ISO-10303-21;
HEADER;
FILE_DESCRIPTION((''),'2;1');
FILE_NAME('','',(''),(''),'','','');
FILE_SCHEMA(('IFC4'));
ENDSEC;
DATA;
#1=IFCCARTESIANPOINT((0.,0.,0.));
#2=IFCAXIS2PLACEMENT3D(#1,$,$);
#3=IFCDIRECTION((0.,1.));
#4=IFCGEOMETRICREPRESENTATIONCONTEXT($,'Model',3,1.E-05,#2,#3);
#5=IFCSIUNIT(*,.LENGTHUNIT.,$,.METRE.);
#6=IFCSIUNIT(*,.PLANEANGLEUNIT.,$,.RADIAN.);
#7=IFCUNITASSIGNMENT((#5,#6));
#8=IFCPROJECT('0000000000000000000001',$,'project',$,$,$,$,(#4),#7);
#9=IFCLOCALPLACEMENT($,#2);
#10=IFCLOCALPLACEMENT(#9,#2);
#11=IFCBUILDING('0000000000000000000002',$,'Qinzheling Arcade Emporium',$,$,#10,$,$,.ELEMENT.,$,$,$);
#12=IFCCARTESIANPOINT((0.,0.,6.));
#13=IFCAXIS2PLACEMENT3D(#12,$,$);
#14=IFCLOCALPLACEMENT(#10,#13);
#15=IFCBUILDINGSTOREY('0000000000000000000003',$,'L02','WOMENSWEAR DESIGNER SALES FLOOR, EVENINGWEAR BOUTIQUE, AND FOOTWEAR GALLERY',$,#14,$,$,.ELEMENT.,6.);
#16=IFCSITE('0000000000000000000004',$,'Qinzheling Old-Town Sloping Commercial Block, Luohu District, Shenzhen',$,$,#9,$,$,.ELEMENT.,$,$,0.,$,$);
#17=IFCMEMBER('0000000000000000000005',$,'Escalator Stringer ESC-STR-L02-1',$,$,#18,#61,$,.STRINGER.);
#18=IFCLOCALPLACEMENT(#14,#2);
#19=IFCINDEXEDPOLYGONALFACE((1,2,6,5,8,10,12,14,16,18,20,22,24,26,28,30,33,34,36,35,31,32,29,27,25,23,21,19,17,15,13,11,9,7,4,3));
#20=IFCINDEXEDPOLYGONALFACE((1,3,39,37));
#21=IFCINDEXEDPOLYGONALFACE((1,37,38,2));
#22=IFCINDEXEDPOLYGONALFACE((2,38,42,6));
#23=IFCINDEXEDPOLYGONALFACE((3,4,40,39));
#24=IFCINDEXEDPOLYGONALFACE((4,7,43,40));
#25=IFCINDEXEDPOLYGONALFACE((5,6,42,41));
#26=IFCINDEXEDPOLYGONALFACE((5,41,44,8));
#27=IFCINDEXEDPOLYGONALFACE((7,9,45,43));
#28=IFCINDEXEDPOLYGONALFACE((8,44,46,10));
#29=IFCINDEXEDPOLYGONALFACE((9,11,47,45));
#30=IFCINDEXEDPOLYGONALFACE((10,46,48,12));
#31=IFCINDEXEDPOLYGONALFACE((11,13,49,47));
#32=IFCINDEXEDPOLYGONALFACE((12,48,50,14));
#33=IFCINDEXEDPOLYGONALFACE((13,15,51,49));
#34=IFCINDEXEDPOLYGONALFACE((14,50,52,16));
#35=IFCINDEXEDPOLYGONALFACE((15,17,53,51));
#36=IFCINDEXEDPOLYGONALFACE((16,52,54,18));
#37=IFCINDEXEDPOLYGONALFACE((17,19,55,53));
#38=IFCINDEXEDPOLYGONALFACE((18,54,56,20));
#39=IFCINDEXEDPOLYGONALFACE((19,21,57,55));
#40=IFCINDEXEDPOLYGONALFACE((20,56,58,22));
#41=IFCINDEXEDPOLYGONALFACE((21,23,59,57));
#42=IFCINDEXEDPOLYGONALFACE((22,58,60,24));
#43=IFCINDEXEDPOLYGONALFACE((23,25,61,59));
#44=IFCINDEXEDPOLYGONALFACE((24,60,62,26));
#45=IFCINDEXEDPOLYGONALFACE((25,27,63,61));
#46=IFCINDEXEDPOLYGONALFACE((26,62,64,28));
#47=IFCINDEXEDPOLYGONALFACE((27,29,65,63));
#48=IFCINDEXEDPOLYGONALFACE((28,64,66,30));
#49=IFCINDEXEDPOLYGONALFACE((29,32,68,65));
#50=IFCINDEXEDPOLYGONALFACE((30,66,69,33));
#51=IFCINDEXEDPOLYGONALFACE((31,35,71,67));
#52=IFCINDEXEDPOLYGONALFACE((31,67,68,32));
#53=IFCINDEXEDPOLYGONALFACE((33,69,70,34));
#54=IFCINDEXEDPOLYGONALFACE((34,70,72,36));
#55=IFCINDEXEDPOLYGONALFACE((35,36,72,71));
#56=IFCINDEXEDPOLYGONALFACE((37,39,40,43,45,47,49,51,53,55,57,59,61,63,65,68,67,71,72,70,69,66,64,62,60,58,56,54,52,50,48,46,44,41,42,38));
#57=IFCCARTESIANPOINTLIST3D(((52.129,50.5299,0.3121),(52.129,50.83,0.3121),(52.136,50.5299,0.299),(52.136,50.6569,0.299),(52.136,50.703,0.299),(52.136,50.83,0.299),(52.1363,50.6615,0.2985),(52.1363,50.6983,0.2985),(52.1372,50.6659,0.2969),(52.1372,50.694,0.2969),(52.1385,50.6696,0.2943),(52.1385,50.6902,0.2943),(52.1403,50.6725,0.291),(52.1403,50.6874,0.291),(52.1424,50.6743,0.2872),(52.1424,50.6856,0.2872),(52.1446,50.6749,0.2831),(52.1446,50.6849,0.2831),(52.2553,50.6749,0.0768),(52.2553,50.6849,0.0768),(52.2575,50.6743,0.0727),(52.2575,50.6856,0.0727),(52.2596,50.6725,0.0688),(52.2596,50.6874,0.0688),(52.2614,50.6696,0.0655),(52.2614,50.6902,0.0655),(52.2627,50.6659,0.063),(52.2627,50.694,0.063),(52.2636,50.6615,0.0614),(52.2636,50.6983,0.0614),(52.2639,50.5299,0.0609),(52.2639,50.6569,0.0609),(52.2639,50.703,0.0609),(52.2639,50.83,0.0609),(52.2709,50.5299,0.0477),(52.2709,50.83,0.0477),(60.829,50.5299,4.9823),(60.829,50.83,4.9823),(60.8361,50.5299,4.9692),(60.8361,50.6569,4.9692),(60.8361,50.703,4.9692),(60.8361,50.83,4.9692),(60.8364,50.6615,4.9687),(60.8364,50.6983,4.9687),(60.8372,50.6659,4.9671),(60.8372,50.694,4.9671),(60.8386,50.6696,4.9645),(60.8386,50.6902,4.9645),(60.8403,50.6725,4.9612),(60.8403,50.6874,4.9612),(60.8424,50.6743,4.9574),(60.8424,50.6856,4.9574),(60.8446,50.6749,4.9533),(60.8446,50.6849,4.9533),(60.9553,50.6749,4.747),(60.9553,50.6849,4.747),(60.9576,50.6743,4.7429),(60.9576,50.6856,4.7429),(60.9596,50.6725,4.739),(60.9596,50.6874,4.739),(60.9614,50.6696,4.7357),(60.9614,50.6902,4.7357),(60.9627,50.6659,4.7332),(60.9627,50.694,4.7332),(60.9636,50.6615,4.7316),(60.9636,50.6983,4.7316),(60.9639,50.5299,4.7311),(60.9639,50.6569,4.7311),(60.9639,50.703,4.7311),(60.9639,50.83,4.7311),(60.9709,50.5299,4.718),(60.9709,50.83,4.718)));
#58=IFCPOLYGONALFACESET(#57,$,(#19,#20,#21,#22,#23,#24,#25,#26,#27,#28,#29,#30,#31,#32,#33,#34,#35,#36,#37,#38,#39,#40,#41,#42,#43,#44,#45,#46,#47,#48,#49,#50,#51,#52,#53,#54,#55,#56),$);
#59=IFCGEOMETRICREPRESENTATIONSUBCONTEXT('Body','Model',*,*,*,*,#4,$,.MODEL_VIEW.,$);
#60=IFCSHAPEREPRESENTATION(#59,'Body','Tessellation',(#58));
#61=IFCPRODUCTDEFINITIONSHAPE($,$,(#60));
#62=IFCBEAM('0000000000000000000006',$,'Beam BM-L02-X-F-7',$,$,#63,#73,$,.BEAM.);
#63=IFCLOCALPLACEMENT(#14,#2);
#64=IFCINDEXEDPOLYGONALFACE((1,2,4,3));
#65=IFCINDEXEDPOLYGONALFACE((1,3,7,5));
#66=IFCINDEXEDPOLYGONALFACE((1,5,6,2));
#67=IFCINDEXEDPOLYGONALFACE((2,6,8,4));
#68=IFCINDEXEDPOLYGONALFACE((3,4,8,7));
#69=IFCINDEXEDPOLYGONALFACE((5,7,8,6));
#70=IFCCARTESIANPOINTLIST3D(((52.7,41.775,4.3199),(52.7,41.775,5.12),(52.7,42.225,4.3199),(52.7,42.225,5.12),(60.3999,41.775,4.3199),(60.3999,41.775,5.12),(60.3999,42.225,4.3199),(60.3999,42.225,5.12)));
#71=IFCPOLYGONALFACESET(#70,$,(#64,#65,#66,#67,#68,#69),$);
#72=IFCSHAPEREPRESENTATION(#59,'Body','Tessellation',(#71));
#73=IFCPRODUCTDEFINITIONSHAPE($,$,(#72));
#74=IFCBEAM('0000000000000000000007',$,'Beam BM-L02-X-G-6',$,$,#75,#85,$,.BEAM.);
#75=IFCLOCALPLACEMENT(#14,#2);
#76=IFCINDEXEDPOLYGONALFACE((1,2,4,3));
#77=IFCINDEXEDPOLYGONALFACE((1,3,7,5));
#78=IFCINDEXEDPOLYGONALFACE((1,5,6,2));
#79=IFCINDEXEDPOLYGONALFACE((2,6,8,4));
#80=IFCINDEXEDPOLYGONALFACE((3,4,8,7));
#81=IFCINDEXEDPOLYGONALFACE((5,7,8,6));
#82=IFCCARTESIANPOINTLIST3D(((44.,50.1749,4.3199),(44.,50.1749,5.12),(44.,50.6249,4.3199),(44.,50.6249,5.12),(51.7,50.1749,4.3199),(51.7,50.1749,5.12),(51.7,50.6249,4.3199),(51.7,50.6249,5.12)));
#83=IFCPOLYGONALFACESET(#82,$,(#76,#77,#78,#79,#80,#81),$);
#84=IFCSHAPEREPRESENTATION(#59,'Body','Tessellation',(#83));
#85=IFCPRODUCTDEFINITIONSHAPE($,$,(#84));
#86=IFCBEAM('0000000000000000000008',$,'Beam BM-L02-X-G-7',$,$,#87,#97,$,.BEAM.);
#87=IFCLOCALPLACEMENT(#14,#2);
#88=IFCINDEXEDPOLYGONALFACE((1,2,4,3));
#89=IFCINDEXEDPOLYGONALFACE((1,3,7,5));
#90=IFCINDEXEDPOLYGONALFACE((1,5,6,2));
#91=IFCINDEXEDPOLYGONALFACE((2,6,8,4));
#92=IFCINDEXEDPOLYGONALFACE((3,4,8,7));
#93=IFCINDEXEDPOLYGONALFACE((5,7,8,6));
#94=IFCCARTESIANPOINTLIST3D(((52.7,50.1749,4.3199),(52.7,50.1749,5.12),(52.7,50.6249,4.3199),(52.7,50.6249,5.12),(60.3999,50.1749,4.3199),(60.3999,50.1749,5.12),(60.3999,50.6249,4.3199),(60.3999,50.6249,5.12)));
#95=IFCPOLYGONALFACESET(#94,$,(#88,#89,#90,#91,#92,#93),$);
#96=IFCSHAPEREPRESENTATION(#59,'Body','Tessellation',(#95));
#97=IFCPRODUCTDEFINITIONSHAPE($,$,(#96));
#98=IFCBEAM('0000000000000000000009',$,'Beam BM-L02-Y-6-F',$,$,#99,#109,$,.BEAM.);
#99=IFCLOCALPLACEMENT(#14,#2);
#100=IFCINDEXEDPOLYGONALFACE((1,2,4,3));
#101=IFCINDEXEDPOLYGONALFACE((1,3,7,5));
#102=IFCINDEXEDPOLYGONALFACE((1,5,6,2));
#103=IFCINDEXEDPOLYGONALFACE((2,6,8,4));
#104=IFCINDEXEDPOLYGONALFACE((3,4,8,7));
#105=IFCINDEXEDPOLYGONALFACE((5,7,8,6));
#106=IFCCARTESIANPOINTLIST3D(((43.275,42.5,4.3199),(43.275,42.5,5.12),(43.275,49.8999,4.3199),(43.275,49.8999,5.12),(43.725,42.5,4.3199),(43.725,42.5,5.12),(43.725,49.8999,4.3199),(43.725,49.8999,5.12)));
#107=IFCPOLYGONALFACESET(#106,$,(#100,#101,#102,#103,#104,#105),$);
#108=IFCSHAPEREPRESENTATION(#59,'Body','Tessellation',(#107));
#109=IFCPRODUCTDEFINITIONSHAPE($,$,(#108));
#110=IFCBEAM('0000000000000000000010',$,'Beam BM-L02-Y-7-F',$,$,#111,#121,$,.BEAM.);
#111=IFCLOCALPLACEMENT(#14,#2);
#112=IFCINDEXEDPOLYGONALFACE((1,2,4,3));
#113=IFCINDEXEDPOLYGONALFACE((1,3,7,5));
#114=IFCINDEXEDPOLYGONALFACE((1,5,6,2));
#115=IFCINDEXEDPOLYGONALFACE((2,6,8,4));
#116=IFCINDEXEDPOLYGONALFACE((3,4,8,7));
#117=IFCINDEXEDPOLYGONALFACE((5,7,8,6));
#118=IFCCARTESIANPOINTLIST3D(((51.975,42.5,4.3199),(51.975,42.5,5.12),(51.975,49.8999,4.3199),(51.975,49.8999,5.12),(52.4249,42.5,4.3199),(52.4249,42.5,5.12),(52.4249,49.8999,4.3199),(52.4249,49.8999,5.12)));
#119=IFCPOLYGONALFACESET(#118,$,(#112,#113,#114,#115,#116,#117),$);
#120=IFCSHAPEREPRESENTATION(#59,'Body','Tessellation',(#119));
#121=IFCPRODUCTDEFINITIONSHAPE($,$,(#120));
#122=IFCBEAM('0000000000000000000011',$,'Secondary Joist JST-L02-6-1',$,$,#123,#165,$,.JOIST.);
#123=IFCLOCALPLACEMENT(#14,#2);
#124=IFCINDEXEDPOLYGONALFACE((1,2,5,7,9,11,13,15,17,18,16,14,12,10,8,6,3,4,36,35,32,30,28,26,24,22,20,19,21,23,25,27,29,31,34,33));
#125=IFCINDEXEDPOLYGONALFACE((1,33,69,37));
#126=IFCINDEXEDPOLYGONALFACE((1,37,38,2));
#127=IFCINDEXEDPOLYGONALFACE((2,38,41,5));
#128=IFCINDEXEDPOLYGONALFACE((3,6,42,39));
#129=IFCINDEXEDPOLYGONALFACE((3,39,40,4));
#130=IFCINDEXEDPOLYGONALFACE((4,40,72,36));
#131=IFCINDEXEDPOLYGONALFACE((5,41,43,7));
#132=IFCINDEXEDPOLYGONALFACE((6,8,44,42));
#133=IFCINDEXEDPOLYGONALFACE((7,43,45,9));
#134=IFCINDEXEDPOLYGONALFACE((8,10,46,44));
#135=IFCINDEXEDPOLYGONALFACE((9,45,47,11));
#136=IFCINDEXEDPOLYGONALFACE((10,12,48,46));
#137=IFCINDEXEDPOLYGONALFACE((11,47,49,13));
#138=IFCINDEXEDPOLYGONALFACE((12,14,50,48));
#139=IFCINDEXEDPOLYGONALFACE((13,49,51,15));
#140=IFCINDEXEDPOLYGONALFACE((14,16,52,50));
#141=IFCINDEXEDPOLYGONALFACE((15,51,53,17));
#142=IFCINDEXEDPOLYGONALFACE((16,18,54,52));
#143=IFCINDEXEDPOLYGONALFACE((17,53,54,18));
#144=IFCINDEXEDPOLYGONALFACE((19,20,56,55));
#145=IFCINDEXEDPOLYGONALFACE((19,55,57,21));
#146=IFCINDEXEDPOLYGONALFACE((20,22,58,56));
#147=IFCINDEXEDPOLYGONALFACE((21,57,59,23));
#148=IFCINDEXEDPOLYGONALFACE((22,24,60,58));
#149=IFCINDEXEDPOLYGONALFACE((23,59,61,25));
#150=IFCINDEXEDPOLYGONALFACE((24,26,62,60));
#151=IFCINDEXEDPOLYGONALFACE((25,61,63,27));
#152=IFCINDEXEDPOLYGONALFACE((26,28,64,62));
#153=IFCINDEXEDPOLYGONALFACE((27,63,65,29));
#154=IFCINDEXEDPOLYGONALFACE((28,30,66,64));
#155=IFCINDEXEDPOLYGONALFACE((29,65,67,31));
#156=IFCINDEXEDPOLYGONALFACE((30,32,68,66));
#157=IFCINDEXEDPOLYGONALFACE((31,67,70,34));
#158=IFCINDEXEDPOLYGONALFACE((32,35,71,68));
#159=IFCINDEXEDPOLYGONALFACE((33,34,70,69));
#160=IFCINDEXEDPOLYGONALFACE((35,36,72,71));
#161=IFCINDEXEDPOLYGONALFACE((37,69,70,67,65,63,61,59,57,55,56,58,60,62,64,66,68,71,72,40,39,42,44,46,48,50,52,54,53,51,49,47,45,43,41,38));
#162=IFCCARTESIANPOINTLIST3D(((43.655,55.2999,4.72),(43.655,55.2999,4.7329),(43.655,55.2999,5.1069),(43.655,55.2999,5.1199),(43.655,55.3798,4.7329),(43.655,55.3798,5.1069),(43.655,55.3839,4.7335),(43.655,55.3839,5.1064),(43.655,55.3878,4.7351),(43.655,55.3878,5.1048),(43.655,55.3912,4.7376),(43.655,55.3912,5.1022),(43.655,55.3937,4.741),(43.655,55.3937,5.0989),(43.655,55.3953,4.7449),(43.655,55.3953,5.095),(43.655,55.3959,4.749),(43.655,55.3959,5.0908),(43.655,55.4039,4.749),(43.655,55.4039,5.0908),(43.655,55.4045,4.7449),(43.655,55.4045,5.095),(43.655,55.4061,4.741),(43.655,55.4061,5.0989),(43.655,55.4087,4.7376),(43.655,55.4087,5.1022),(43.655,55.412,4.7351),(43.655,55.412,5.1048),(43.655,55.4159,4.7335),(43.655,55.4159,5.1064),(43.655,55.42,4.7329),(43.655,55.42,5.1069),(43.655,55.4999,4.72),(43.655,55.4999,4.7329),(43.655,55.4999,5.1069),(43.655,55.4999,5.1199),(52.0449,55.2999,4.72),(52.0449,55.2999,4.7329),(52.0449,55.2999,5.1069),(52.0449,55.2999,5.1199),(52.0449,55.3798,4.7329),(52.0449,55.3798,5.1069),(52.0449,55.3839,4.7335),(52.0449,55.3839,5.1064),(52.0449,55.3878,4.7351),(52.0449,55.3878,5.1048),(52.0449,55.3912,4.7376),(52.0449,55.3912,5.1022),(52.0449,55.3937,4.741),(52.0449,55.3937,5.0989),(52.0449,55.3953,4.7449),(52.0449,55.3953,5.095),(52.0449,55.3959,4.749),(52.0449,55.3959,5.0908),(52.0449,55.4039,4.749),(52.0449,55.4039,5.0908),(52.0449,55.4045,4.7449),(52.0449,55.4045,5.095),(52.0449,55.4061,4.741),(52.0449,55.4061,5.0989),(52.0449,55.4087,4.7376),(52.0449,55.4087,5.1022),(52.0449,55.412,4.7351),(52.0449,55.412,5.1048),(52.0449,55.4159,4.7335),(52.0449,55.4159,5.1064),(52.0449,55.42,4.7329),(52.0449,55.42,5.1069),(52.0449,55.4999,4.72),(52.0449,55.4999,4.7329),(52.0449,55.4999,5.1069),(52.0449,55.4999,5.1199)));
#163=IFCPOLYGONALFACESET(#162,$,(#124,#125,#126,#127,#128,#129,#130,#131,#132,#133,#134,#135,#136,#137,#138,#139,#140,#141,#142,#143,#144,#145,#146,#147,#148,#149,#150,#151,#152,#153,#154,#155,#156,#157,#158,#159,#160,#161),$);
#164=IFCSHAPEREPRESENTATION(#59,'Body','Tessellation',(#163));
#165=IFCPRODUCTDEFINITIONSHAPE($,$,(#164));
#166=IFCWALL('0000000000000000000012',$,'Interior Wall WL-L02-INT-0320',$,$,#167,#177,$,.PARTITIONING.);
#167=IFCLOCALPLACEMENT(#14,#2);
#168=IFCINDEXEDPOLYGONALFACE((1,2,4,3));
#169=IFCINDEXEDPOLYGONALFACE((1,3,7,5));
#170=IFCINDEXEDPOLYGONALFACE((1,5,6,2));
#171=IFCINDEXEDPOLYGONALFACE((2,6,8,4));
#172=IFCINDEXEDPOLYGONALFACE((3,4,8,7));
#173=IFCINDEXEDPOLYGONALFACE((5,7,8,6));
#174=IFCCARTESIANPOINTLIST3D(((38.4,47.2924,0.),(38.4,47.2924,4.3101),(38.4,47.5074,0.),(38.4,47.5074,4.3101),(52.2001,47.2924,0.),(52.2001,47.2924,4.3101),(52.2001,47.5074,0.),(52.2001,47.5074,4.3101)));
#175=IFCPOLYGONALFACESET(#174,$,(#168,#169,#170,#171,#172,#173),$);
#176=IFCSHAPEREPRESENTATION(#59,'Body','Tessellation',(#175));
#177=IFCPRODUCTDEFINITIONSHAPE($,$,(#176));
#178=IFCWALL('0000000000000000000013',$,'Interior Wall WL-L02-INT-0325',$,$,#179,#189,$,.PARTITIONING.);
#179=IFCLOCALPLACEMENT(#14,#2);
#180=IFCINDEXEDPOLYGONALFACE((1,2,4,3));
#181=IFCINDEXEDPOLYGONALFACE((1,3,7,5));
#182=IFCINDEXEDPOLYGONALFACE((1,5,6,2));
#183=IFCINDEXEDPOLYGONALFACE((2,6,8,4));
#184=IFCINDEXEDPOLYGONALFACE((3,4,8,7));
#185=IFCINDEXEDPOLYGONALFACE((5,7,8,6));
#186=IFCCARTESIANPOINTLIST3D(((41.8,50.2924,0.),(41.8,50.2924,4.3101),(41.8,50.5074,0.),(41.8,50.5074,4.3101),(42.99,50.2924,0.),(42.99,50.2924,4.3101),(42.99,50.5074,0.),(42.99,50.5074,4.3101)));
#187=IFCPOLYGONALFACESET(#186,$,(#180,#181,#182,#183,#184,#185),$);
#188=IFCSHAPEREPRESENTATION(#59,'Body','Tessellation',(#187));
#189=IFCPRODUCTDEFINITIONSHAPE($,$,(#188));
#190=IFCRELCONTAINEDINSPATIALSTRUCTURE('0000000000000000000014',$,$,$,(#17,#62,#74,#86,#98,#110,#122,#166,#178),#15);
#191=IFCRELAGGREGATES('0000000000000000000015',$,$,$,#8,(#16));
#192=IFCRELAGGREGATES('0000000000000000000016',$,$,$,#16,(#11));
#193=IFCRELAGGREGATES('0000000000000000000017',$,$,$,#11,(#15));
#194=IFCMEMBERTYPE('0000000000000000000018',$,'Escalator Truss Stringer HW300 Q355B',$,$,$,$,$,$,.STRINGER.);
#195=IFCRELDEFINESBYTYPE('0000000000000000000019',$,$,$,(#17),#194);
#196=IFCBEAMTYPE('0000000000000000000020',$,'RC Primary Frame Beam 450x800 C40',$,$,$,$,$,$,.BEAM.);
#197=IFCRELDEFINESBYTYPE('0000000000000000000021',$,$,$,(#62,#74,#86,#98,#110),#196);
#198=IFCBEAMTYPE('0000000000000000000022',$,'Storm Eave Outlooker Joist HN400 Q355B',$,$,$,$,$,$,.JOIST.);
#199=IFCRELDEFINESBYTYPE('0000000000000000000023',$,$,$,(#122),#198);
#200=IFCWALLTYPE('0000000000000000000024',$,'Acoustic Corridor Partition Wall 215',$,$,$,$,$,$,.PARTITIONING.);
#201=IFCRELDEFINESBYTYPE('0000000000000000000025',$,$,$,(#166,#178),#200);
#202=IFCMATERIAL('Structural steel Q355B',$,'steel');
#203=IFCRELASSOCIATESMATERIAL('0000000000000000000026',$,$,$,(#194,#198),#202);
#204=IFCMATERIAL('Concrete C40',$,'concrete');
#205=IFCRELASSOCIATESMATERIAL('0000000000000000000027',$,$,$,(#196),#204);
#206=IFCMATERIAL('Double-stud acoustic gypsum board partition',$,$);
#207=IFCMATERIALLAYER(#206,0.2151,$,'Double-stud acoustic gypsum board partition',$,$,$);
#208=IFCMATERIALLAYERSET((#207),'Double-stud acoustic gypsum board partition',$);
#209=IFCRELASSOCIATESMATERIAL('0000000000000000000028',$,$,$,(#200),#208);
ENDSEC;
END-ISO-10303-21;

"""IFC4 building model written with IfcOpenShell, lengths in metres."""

from ifc_helpers import new_model, si_unit, direction, frame, frame_2d, origin, origin_2d, place, context, subcontext, project, spatial, rectangle, i_section, extrude, material, layer, layer_set, material_profile, profile_set, type_object, element, save


model = new_model("IFC4")

# Units and contexts
model_context = context("Model", 3, precision=1e-05, world=origin(), true_north=direction((0.0, 1.0)))
body_context = subcontext(model_context, "Body", "Model", "MODEL_VIEW")
ifc_project = project(units=[si_unit("LENGTHUNIT", "METRE"), si_unit("PLANEANGLEUNIT", "RADIAN")], contexts=[model_context])

# Site, building, storey
site_placement = place(None, origin())
site = spatial("IfcSite", under=ifc_project, at=site_placement, Name="Qinzheling Old-Town Sloping Commercial Block, Luohu District, Shenzhen", CompositionType="ELEMENT", RefElevation=0.0)
building_placement = place(site_placement, origin())
building = spatial("IfcBuilding", under=site, at=building_placement, Name="Qinzheling Arcade Emporium", CompositionType="ELEMENT")
storey_placement = place(building_placement, frame((0.0, 0.0, 6.0)))
storey = spatial("IfcBuildingStorey", under=building, at=storey_placement, Name="L02", Description="WOMENSWEAR DESIGNER SALES FLOOR, EVENINGWEAR BOUTIQUE, AND FOOTWEAR GALLERY", CompositionType="ELEMENT", Elevation=6.0)

# Shared definitions
ifc_material_1 = material(Name="Structural steel Q355B", Category="steel")

# Member
ifc_material_profile_1 = material_profile(ifc_material_1, i_section(OverallWidth=0.3, OverallDepth=0.3, WebThickness=0.01, FlangeThickness=0.0149, FilletRadius=0.0181, at=origin_2d()), Name="HW 300x300x10x15", Category="steel")
ifc_profile_set_1 = profile_set([ifc_material_profile_1], Name="Structural steel Q355B")
member_type = type_object("IfcMemberType", Name="Escalator Truss Stringer HW300 Q355B", PredefinedType="STRINGER", material=ifc_profile_set_1)
member_placement = place(storey_placement, frame((52.2, 50.6799, 0.1799), z_axis=(0.88108, 0.0, 0.472967), x_axis=(0.0, 1.0, 0.0)))
element("IfcMember", 1, at=member_placement, inside=storey, type_object=member_type, Name="Escalator Stringer ESC-STR-L02-1", PredefinedType="STRINGER", context=body_context, shape_type="SweptSolid", body=[
    extrude(i_section(OverallWidth=0.3, OverallDepth=0.3, WebThickness=0.01, FlangeThickness=0.0149, FilletRadius=0.0181, at=origin_2d()), origin(), (0.0, 0.0, 1.0), 9.8743),
])

# Beams
ifc_material_2 = material(Name="Concrete C40", Category="concrete")
ifc_material_profile_2 = material_profile(ifc_material_2, rectangle(XDim=0.45, YDim=0.8, at=origin_2d()), Name="RC 450x800", Category="concrete")
ifc_profile_set_2 = profile_set([ifc_material_profile_2], Name="Concrete C40")
beam_type_1 = type_object("IfcBeamType", Name="RC Primary Frame Beam 450x800 C40", PredefinedType="BEAM", material=ifc_profile_set_2)
for number, where, z_axis, x_axis, name in (
    (2, (52.7, 42.0, 4.72), (1.0, 0.0, 0.0), (0.0, 1.0, 0.0), "Beam BM-L02-X-F-7"),
    (3, (44.0, 50.3999, 4.72), (1.0, 0.0, 0.0), (0.0, 1.0, 0.0), "Beam BM-L02-X-G-6"),
    (4, (52.7, 50.3999, 4.72), (1.0, 0.0, 0.0), (0.0, 1.0, 0.0), "Beam BM-L02-X-G-7"),
):
    element("IfcBeam", number, at=place(storey_placement, frame(where, z_axis=z_axis, x_axis=x_axis)), inside=storey, type_object=beam_type_1, Name=name, PredefinedType="BEAM", context=body_context, shape_type="SweptSolid", body=[
        extrude(rectangle(XDim=0.45, YDim=0.8, at=origin_2d()), origin(), (0.0, 0.0, 1.0), 7.7),
    ])
for number, where, z_axis, x_axis, name in (
    (5, (43.5, 42.5, 4.72), (0.0, 1.0, 0.0), (-1.0, 0.0, 0.0), "Beam BM-L02-Y-6-F"),
    (6, (52.2, 42.5, 4.72), (0.0, 1.0, 0.0), (-1.0, 0.0, 0.0), "Beam BM-L02-Y-7-F"),
):
    element("IfcBeam", number, at=place(storey_placement, frame(where, z_axis=z_axis, x_axis=x_axis)), inside=storey, type_object=beam_type_1, Name=name, PredefinedType="BEAM", context=body_context, shape_type="SweptSolid", body=[
        extrude(rectangle(XDim=0.45, YDim=0.8, at=origin_2d()), origin(), (0.0, 0.0, 1.0), 7.3999),
    ])
ifc_material_profile_3 = material_profile(ifc_material_1, i_section(OverallWidth=0.2, OverallDepth=0.3999, WebThickness=0.0081, FlangeThickness=0.0129, FilletRadius=0.0161, at=origin_2d()), Name="HN 400x200x8x13", Category="steel")
ifc_profile_set_3 = profile_set([ifc_material_profile_3], Name="Structural steel Q355B")
beam_type_2 = type_object("IfcBeamType", Name="Storm Eave Outlooker Joist HN400 Q355B", PredefinedType="JOIST", material=ifc_profile_set_3)
beam_1_placement = place(storey_placement, frame((43.655, 55.3999, 4.9199), z_axis=(1.0, 0.0, 0.0), x_axis=(0.0, 1.0, 0.0)))
element("IfcBeam", 7, at=beam_1_placement, inside=storey, type_object=beam_type_2, Name="Secondary Joist JST-L02-6-1", PredefinedType="JOIST", context=body_context, shape_type="SweptSolid", body=[
    extrude(i_section(OverallWidth=0.2, OverallDepth=0.3999, WebThickness=0.0081, FlangeThickness=0.0129, FilletRadius=0.0161, at=origin_2d()), origin(), (0.0, 0.0, 1.0), 8.3899),
])

# Walls
ifc_material_3 = material(Name="Double-stud acoustic gypsum board partition")
ifc_layer_1 = layer(ifc_material_3, 0.2151, Name="Double-stud acoustic gypsum board partition")
ifc_layer_set_1 = layer_set([ifc_layer_1], Name="Double-stud acoustic gypsum board partition")
wall_type_1 = type_object("IfcWallType", Name="Acoustic Corridor Partition Wall 215", PredefinedType="PARTITIONING", material=ifc_layer_set_1)
wall_1_placement = place(storey_placement, frame((52.2, 47.3999, 0.0), z_axis=(0.0, 0.0, 1.0), x_axis=(-1.0, 0.0, 0.0)))
element("IfcWall", 8, at=wall_1_placement, inside=storey, type_object=wall_type_1, Name="Interior Wall WL-L02-INT-0320", PredefinedType="PARTITIONING", context=body_context, shape_type="SweptSolid", body=[
    extrude(rectangle(XDim=13.8, YDim=0.2151, at=frame_2d((6.8999, 0.0))), origin(), (0.0, 0.0, 1.0), 4.3101),
])
wall_2_placement = place(storey_placement, frame((41.8, 50.3999, 0.0), z_axis=(0.0, 0.0, 1.0), x_axis=(1.0, 0.0, 0.0)))
element("IfcWall", 9, at=wall_2_placement, inside=storey, type_object=wall_type_1, Name="Interior Wall WL-L02-INT-0325", PredefinedType="PARTITIONING", context=body_context, shape_type="SweptSolid", body=[
    extrude(rectangle(XDim=1.1899, YDim=0.2151, at=frame_2d((0.595, 0.0))), origin(), (0.0, 0.0, 1.0), 4.3101),
])

save(model, "model.ifc")
